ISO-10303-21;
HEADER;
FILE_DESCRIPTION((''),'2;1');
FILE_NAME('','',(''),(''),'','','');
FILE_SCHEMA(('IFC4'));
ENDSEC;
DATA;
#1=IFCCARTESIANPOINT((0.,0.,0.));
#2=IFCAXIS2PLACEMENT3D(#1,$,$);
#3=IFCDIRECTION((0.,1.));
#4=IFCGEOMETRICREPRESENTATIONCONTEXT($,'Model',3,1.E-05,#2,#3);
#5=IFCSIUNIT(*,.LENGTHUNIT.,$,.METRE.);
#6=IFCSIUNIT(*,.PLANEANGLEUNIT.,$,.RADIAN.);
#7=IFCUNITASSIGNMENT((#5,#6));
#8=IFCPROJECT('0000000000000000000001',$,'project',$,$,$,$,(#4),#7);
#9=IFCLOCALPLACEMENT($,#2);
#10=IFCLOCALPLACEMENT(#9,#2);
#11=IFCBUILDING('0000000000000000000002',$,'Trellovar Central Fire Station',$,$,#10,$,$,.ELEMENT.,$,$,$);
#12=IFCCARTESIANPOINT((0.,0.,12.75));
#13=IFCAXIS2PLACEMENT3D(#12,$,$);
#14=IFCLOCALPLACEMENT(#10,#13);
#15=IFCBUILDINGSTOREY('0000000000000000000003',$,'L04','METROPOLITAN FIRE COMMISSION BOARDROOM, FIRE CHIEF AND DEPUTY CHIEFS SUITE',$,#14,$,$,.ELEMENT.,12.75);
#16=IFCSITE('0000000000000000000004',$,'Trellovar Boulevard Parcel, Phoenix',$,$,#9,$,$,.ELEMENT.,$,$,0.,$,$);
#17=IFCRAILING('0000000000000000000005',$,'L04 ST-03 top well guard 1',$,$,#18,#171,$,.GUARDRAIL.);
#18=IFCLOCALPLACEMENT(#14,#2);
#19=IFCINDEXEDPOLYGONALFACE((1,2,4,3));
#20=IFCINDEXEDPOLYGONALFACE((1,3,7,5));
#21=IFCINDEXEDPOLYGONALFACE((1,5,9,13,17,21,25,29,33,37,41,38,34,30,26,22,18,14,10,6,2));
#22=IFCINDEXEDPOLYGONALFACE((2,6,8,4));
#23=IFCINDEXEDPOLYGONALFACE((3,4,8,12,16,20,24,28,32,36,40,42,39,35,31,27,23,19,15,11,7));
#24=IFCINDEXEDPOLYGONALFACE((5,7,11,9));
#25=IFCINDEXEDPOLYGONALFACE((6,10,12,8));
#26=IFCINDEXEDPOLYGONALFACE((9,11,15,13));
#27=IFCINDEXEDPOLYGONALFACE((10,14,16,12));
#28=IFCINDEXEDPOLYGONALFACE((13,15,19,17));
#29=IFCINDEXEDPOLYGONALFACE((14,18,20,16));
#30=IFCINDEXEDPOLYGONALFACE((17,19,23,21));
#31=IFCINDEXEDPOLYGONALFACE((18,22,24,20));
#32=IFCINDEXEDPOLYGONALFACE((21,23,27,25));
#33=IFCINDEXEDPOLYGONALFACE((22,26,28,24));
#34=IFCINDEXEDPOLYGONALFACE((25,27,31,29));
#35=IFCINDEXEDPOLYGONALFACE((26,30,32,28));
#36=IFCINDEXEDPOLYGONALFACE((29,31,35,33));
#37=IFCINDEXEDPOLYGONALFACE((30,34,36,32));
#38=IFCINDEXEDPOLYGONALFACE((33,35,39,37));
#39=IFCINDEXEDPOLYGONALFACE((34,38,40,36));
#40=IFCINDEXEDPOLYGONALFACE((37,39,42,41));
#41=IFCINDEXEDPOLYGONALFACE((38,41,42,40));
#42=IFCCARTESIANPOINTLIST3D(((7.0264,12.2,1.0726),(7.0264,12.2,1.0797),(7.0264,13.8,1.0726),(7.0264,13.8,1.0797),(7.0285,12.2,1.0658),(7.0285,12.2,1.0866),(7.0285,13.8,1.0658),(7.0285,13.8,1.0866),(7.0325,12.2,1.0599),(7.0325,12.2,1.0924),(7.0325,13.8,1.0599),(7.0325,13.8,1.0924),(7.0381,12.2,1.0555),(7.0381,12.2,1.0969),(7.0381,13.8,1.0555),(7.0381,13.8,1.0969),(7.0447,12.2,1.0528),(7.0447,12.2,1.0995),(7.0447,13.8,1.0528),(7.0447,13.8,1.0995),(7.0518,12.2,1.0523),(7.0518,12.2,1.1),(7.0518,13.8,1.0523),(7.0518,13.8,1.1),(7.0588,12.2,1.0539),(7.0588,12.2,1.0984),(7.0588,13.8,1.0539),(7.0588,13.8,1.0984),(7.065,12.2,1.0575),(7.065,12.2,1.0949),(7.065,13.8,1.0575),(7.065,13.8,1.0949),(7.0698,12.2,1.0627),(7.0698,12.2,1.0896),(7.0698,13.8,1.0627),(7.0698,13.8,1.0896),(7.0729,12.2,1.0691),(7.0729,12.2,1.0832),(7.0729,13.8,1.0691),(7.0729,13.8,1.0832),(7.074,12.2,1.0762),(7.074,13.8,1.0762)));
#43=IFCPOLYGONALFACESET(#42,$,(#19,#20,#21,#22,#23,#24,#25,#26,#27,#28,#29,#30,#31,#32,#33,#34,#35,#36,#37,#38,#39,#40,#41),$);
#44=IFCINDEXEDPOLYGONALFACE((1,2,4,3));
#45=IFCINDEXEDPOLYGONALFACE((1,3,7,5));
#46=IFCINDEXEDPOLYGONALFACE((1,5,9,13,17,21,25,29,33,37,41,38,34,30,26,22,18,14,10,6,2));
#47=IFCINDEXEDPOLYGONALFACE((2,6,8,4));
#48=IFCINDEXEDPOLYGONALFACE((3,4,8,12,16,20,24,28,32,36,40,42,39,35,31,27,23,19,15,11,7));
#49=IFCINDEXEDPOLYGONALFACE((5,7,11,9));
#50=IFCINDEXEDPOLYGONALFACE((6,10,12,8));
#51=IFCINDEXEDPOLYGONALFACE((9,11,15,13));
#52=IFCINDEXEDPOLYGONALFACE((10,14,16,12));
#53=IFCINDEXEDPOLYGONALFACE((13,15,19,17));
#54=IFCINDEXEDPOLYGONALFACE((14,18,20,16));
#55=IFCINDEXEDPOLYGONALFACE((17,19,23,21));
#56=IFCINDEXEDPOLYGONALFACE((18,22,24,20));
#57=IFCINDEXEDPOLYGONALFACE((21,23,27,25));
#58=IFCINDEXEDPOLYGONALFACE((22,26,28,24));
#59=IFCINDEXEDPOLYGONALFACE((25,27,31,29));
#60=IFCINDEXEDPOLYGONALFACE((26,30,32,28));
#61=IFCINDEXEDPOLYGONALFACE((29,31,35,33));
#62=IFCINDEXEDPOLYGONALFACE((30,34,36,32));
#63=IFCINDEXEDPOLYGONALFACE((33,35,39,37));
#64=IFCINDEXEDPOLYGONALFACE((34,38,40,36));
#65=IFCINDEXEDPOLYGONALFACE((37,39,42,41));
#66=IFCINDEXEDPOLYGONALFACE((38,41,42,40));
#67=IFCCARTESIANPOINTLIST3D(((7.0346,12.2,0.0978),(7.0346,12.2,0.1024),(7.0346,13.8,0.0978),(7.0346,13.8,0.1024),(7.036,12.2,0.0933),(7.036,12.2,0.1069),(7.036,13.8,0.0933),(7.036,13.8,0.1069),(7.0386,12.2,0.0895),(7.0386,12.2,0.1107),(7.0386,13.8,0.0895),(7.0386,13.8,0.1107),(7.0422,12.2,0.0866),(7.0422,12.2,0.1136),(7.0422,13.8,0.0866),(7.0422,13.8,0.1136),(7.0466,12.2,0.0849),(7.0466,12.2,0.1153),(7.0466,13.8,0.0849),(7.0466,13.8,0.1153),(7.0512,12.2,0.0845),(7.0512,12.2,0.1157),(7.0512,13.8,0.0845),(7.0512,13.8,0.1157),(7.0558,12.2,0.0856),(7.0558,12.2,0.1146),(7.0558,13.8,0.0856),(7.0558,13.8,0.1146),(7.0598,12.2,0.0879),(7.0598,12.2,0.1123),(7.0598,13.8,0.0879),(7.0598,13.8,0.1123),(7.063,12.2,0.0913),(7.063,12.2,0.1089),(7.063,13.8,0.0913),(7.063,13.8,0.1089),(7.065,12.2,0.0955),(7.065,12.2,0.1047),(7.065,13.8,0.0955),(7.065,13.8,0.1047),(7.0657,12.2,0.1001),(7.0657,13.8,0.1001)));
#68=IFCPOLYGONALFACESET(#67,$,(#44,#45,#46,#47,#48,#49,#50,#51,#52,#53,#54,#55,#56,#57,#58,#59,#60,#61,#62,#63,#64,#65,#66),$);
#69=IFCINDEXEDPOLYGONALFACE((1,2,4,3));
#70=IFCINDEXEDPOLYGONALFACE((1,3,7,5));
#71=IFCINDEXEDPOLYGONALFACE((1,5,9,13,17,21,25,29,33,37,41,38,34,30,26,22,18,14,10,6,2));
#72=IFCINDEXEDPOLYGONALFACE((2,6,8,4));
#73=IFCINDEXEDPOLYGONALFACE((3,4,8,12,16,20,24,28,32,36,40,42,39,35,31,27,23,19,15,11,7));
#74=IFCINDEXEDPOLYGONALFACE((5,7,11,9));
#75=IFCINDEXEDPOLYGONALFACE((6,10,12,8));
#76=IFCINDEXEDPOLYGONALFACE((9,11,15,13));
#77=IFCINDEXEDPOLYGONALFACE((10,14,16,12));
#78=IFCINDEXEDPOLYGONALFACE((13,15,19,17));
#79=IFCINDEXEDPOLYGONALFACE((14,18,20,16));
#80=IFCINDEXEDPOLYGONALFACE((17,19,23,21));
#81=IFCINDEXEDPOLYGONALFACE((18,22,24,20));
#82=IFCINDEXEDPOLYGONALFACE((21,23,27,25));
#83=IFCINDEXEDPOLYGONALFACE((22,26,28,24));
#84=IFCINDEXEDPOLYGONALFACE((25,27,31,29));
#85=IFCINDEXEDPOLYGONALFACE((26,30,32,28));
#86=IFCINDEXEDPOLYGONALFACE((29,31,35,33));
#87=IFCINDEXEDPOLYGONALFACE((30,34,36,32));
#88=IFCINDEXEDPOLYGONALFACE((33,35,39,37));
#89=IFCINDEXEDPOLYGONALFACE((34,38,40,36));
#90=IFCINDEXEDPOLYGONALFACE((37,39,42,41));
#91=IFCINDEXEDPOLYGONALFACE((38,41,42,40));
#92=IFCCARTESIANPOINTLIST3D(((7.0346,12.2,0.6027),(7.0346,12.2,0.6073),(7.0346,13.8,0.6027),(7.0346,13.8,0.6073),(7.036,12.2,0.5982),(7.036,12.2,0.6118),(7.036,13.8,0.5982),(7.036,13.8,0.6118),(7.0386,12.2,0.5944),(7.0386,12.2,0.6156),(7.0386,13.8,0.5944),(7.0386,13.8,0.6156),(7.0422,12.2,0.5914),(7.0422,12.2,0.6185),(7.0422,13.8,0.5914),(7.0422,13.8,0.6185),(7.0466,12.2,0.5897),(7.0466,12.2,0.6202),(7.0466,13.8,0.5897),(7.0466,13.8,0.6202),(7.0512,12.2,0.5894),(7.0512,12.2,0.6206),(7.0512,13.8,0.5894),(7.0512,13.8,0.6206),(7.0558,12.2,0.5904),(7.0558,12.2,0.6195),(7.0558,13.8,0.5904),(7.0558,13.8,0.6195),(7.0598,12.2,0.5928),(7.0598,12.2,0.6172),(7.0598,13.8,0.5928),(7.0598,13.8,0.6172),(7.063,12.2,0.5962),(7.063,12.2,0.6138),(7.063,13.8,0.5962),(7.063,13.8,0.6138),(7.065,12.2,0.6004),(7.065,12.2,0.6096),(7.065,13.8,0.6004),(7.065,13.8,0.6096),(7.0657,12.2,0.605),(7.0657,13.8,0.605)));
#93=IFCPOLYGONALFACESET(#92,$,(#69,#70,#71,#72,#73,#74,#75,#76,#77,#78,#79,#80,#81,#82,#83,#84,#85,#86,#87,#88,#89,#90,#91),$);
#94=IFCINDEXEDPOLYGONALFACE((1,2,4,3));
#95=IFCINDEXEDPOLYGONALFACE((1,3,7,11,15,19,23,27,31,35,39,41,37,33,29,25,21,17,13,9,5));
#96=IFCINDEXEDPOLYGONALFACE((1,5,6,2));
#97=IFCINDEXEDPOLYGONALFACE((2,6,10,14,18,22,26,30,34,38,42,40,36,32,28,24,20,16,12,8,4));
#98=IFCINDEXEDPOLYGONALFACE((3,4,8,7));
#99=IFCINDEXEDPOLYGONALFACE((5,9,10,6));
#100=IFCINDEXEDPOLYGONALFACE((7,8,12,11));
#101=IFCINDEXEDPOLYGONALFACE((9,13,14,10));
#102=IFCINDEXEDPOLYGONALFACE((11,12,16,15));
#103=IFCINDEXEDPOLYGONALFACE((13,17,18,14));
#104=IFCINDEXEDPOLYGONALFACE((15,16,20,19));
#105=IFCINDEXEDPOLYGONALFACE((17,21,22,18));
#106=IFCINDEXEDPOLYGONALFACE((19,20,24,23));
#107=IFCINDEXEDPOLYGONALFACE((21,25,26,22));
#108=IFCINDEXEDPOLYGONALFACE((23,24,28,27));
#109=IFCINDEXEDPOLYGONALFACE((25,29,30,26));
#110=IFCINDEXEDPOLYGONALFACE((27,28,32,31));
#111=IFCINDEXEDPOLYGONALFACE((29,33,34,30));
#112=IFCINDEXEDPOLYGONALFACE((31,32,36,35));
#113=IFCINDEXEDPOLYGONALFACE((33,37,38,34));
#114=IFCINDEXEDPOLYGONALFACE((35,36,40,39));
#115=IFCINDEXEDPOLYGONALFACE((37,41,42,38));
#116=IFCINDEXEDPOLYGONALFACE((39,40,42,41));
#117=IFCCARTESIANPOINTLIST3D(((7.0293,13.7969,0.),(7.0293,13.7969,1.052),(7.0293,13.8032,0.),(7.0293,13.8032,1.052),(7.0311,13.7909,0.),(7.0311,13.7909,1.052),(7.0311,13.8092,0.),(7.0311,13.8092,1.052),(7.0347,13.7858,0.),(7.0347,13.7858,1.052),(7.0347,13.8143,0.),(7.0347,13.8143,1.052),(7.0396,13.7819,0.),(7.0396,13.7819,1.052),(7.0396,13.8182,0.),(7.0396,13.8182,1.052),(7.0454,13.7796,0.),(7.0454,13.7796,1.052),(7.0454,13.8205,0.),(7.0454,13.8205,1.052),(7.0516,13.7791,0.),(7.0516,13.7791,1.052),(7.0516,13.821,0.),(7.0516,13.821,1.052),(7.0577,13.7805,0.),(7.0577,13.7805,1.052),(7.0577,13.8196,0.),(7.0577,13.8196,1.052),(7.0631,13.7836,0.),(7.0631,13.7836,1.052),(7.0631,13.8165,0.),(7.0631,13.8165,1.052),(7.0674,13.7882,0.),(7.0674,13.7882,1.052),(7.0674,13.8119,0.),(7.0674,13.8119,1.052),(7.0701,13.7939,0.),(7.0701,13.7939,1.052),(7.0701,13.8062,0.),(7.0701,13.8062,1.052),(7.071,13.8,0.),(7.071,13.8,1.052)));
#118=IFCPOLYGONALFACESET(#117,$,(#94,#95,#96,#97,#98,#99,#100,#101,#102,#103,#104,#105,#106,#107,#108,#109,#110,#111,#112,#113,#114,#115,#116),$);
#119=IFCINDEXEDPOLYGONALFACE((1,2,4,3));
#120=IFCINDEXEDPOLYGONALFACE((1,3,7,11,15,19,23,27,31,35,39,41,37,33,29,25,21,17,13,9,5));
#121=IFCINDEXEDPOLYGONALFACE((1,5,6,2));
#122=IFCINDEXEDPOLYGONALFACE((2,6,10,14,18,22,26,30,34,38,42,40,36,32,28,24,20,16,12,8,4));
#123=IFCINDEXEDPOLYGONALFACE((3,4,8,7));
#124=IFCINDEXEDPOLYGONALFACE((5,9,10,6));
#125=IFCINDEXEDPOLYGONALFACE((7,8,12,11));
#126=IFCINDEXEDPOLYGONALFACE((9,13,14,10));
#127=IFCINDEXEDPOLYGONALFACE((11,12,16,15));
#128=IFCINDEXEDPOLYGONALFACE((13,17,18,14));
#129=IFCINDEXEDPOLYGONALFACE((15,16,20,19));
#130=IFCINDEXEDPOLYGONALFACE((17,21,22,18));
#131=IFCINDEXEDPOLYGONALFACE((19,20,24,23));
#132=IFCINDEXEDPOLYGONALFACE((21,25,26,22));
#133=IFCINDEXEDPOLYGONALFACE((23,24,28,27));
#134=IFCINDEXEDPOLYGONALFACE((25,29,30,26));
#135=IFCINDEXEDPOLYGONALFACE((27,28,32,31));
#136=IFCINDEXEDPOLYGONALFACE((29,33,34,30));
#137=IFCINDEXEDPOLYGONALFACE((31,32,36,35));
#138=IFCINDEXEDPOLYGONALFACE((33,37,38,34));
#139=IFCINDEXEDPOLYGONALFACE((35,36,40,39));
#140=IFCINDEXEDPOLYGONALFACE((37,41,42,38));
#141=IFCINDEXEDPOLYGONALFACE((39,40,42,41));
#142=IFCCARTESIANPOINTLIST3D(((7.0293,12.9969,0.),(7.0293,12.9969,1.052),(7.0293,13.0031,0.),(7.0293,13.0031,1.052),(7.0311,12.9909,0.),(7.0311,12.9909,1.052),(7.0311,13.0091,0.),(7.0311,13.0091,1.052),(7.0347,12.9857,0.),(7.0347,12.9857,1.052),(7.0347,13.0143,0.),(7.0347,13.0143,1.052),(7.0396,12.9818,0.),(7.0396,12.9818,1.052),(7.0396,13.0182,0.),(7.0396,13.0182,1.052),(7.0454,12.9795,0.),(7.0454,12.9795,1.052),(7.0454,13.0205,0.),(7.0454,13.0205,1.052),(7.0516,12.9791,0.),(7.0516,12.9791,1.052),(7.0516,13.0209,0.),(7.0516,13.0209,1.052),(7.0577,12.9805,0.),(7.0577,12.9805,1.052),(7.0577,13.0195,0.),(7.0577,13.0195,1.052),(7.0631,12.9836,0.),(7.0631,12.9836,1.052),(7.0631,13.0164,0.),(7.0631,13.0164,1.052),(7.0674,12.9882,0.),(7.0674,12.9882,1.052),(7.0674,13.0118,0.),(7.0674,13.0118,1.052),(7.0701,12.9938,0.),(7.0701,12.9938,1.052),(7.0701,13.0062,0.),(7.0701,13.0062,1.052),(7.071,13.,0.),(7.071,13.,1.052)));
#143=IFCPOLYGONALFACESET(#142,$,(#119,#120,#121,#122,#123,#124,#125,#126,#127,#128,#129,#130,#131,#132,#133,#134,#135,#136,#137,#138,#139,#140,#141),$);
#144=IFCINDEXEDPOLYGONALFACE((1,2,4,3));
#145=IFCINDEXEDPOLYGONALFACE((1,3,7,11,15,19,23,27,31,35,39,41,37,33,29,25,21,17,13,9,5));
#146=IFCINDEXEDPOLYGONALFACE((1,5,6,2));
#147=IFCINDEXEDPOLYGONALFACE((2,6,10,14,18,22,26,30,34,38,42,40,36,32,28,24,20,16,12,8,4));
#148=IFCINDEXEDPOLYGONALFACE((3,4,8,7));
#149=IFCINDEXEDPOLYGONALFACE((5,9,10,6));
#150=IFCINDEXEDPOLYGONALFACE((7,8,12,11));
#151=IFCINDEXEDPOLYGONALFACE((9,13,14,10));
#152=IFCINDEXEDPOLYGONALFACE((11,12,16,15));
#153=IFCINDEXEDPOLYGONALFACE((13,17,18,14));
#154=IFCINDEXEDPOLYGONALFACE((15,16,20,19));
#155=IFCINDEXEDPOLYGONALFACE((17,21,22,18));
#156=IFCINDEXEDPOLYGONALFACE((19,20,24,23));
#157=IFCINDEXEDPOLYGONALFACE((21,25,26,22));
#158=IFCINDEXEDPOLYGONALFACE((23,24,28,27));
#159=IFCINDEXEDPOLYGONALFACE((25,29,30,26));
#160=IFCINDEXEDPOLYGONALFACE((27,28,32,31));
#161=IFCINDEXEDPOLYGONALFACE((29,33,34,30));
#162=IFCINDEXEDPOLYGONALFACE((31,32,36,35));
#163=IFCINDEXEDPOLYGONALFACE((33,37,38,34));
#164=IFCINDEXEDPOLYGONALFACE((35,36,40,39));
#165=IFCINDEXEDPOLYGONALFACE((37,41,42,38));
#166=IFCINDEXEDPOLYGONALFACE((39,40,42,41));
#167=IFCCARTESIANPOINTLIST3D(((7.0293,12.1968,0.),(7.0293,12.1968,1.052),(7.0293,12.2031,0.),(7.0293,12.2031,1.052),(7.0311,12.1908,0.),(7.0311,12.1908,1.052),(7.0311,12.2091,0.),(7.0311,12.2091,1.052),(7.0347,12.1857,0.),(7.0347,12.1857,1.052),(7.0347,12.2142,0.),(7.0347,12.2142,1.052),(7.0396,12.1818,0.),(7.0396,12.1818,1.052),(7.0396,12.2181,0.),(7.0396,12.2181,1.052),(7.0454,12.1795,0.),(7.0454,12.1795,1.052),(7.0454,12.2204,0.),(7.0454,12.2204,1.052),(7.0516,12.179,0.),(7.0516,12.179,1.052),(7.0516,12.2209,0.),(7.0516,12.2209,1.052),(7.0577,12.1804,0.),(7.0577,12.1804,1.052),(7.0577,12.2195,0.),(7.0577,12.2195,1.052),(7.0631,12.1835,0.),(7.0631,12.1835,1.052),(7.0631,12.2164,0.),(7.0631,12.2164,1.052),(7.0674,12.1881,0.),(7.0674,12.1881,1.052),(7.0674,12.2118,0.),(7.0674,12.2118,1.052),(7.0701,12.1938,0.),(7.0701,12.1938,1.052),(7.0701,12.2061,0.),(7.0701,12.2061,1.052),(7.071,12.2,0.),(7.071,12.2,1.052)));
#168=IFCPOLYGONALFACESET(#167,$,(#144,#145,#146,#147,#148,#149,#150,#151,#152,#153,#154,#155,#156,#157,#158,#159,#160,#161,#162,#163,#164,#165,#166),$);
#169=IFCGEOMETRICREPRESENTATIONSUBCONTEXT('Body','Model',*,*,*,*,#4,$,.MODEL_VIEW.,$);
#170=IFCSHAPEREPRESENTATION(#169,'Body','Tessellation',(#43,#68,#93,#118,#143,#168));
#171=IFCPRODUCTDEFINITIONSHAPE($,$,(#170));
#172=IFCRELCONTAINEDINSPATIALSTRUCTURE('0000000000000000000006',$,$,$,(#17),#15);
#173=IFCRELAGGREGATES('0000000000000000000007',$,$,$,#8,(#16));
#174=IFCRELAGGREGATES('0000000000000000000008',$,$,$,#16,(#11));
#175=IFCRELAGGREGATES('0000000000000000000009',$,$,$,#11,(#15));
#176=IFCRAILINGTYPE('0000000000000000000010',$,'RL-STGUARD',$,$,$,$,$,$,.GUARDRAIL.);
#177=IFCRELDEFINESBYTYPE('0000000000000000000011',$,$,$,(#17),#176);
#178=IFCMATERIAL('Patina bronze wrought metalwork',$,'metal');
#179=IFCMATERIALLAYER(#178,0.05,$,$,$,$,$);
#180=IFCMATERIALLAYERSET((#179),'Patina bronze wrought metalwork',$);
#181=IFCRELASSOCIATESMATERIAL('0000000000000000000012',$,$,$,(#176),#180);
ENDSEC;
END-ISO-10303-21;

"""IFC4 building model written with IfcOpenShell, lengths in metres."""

from ifc_helpers import new_model, si_unit, direction, frame, origin, origin_2d, place, context, subcontext, project, spatial, circle, extrude, material, layer, layer_set, type_object, element, save


model = new_model("IFC4")

# Units and contexts
model_context = context("Model", 3, precision=1e-05, world=origin(), true_north=direction((0.0, 1.0)))
body_context = subcontext(model_context, "Body", "Model", "MODEL_VIEW")
ifc_project = project(units=[si_unit("LENGTHUNIT", "METRE"), si_unit("PLANEANGLEUNIT", "RADIAN")], contexts=[model_context])

# Site, building, storey
site_placement = place(None, origin())
site = spatial("IfcSite", under=ifc_project, at=site_placement, Name="Trellovar Boulevard Parcel, Phoenix", CompositionType="ELEMENT", RefElevation=0.0)
building_placement = place(site_placement, origin())
building = spatial("IfcBuilding", under=site, at=building_placement, Name="Trellovar Central Fire Station", CompositionType="ELEMENT")
storey_placement = place(building_placement, frame((0.0, 0.0, 12.75)))
storey = spatial("IfcBuildingStorey", under=building, at=storey_placement, Name="L04", Description="METROPOLITAN FIRE COMMISSION BOARDROOM, FIRE CHIEF AND DEPUTY CHIEFS SUITE", CompositionType="ELEMENT", Elevation=12.75)

# Railing
ifc_material_1 = material(Name="Patina bronze wrought metalwork", Category="metal")
ifc_layer_1 = layer(ifc_material_1, 0.05)
ifc_layer_set_1 = layer_set([ifc_layer_1], Name="Patina bronze wrought metalwork")
railing_type = type_object("IfcRailingType", Name="RL-STGUARD", PredefinedType="GUARDRAIL", material=ifc_layer_set_1)
railing_placement = place(storey_placement, frame((7.05, 13.8, 0.0)))
element("IfcRailing", 1, at=railing_placement, inside=storey, type_object=railing_type, Name="L04 ST-03 top well guard 1", PredefinedType="GUARDRAIL", context=body_context, shape_type="SweptSolid", body=[
    extrude(circle(Radius=0.0239, at=origin_2d()), frame((0.0, 0.0, 1.0762), z_axis=(0.0, -1.0, 0.0), x_axis=(1.0, 0.0, 0.0)), (0.0, 0.0, 1.0), 1.6001),
    extrude(circle(Radius=0.0156, at=origin_2d()), frame((0.0, 0.0, 0.1001), z_axis=(0.0, -1.0, 0.0), x_axis=(1.0, 0.0, 0.0)), (0.0, 0.0, 1.0), 1.6001),
    extrude(circle(Radius=0.0156, at=origin_2d()), frame((0.0, 0.0, 0.605), z_axis=(0.0, -1.0, 0.0), x_axis=(1.0, 0.0, 0.0)), (0.0, 0.0, 1.0), 1.6001),
    extrude(circle(Radius=0.021, at=origin_2d()), origin(), (0.0, 0.0, 1.0), 1.052),
    extrude(circle(Radius=0.021, at=origin_2d()), frame((0.0, -0.8, 0.0)), (0.0, 0.0, 1.0), 1.052),
    extrude(circle(Radius=0.021, at=origin_2d()), frame((0.0, -1.6001, 0.0)), (0.0, 0.0, 1.0), 1.052),
])

save(model, "model.ifc")
